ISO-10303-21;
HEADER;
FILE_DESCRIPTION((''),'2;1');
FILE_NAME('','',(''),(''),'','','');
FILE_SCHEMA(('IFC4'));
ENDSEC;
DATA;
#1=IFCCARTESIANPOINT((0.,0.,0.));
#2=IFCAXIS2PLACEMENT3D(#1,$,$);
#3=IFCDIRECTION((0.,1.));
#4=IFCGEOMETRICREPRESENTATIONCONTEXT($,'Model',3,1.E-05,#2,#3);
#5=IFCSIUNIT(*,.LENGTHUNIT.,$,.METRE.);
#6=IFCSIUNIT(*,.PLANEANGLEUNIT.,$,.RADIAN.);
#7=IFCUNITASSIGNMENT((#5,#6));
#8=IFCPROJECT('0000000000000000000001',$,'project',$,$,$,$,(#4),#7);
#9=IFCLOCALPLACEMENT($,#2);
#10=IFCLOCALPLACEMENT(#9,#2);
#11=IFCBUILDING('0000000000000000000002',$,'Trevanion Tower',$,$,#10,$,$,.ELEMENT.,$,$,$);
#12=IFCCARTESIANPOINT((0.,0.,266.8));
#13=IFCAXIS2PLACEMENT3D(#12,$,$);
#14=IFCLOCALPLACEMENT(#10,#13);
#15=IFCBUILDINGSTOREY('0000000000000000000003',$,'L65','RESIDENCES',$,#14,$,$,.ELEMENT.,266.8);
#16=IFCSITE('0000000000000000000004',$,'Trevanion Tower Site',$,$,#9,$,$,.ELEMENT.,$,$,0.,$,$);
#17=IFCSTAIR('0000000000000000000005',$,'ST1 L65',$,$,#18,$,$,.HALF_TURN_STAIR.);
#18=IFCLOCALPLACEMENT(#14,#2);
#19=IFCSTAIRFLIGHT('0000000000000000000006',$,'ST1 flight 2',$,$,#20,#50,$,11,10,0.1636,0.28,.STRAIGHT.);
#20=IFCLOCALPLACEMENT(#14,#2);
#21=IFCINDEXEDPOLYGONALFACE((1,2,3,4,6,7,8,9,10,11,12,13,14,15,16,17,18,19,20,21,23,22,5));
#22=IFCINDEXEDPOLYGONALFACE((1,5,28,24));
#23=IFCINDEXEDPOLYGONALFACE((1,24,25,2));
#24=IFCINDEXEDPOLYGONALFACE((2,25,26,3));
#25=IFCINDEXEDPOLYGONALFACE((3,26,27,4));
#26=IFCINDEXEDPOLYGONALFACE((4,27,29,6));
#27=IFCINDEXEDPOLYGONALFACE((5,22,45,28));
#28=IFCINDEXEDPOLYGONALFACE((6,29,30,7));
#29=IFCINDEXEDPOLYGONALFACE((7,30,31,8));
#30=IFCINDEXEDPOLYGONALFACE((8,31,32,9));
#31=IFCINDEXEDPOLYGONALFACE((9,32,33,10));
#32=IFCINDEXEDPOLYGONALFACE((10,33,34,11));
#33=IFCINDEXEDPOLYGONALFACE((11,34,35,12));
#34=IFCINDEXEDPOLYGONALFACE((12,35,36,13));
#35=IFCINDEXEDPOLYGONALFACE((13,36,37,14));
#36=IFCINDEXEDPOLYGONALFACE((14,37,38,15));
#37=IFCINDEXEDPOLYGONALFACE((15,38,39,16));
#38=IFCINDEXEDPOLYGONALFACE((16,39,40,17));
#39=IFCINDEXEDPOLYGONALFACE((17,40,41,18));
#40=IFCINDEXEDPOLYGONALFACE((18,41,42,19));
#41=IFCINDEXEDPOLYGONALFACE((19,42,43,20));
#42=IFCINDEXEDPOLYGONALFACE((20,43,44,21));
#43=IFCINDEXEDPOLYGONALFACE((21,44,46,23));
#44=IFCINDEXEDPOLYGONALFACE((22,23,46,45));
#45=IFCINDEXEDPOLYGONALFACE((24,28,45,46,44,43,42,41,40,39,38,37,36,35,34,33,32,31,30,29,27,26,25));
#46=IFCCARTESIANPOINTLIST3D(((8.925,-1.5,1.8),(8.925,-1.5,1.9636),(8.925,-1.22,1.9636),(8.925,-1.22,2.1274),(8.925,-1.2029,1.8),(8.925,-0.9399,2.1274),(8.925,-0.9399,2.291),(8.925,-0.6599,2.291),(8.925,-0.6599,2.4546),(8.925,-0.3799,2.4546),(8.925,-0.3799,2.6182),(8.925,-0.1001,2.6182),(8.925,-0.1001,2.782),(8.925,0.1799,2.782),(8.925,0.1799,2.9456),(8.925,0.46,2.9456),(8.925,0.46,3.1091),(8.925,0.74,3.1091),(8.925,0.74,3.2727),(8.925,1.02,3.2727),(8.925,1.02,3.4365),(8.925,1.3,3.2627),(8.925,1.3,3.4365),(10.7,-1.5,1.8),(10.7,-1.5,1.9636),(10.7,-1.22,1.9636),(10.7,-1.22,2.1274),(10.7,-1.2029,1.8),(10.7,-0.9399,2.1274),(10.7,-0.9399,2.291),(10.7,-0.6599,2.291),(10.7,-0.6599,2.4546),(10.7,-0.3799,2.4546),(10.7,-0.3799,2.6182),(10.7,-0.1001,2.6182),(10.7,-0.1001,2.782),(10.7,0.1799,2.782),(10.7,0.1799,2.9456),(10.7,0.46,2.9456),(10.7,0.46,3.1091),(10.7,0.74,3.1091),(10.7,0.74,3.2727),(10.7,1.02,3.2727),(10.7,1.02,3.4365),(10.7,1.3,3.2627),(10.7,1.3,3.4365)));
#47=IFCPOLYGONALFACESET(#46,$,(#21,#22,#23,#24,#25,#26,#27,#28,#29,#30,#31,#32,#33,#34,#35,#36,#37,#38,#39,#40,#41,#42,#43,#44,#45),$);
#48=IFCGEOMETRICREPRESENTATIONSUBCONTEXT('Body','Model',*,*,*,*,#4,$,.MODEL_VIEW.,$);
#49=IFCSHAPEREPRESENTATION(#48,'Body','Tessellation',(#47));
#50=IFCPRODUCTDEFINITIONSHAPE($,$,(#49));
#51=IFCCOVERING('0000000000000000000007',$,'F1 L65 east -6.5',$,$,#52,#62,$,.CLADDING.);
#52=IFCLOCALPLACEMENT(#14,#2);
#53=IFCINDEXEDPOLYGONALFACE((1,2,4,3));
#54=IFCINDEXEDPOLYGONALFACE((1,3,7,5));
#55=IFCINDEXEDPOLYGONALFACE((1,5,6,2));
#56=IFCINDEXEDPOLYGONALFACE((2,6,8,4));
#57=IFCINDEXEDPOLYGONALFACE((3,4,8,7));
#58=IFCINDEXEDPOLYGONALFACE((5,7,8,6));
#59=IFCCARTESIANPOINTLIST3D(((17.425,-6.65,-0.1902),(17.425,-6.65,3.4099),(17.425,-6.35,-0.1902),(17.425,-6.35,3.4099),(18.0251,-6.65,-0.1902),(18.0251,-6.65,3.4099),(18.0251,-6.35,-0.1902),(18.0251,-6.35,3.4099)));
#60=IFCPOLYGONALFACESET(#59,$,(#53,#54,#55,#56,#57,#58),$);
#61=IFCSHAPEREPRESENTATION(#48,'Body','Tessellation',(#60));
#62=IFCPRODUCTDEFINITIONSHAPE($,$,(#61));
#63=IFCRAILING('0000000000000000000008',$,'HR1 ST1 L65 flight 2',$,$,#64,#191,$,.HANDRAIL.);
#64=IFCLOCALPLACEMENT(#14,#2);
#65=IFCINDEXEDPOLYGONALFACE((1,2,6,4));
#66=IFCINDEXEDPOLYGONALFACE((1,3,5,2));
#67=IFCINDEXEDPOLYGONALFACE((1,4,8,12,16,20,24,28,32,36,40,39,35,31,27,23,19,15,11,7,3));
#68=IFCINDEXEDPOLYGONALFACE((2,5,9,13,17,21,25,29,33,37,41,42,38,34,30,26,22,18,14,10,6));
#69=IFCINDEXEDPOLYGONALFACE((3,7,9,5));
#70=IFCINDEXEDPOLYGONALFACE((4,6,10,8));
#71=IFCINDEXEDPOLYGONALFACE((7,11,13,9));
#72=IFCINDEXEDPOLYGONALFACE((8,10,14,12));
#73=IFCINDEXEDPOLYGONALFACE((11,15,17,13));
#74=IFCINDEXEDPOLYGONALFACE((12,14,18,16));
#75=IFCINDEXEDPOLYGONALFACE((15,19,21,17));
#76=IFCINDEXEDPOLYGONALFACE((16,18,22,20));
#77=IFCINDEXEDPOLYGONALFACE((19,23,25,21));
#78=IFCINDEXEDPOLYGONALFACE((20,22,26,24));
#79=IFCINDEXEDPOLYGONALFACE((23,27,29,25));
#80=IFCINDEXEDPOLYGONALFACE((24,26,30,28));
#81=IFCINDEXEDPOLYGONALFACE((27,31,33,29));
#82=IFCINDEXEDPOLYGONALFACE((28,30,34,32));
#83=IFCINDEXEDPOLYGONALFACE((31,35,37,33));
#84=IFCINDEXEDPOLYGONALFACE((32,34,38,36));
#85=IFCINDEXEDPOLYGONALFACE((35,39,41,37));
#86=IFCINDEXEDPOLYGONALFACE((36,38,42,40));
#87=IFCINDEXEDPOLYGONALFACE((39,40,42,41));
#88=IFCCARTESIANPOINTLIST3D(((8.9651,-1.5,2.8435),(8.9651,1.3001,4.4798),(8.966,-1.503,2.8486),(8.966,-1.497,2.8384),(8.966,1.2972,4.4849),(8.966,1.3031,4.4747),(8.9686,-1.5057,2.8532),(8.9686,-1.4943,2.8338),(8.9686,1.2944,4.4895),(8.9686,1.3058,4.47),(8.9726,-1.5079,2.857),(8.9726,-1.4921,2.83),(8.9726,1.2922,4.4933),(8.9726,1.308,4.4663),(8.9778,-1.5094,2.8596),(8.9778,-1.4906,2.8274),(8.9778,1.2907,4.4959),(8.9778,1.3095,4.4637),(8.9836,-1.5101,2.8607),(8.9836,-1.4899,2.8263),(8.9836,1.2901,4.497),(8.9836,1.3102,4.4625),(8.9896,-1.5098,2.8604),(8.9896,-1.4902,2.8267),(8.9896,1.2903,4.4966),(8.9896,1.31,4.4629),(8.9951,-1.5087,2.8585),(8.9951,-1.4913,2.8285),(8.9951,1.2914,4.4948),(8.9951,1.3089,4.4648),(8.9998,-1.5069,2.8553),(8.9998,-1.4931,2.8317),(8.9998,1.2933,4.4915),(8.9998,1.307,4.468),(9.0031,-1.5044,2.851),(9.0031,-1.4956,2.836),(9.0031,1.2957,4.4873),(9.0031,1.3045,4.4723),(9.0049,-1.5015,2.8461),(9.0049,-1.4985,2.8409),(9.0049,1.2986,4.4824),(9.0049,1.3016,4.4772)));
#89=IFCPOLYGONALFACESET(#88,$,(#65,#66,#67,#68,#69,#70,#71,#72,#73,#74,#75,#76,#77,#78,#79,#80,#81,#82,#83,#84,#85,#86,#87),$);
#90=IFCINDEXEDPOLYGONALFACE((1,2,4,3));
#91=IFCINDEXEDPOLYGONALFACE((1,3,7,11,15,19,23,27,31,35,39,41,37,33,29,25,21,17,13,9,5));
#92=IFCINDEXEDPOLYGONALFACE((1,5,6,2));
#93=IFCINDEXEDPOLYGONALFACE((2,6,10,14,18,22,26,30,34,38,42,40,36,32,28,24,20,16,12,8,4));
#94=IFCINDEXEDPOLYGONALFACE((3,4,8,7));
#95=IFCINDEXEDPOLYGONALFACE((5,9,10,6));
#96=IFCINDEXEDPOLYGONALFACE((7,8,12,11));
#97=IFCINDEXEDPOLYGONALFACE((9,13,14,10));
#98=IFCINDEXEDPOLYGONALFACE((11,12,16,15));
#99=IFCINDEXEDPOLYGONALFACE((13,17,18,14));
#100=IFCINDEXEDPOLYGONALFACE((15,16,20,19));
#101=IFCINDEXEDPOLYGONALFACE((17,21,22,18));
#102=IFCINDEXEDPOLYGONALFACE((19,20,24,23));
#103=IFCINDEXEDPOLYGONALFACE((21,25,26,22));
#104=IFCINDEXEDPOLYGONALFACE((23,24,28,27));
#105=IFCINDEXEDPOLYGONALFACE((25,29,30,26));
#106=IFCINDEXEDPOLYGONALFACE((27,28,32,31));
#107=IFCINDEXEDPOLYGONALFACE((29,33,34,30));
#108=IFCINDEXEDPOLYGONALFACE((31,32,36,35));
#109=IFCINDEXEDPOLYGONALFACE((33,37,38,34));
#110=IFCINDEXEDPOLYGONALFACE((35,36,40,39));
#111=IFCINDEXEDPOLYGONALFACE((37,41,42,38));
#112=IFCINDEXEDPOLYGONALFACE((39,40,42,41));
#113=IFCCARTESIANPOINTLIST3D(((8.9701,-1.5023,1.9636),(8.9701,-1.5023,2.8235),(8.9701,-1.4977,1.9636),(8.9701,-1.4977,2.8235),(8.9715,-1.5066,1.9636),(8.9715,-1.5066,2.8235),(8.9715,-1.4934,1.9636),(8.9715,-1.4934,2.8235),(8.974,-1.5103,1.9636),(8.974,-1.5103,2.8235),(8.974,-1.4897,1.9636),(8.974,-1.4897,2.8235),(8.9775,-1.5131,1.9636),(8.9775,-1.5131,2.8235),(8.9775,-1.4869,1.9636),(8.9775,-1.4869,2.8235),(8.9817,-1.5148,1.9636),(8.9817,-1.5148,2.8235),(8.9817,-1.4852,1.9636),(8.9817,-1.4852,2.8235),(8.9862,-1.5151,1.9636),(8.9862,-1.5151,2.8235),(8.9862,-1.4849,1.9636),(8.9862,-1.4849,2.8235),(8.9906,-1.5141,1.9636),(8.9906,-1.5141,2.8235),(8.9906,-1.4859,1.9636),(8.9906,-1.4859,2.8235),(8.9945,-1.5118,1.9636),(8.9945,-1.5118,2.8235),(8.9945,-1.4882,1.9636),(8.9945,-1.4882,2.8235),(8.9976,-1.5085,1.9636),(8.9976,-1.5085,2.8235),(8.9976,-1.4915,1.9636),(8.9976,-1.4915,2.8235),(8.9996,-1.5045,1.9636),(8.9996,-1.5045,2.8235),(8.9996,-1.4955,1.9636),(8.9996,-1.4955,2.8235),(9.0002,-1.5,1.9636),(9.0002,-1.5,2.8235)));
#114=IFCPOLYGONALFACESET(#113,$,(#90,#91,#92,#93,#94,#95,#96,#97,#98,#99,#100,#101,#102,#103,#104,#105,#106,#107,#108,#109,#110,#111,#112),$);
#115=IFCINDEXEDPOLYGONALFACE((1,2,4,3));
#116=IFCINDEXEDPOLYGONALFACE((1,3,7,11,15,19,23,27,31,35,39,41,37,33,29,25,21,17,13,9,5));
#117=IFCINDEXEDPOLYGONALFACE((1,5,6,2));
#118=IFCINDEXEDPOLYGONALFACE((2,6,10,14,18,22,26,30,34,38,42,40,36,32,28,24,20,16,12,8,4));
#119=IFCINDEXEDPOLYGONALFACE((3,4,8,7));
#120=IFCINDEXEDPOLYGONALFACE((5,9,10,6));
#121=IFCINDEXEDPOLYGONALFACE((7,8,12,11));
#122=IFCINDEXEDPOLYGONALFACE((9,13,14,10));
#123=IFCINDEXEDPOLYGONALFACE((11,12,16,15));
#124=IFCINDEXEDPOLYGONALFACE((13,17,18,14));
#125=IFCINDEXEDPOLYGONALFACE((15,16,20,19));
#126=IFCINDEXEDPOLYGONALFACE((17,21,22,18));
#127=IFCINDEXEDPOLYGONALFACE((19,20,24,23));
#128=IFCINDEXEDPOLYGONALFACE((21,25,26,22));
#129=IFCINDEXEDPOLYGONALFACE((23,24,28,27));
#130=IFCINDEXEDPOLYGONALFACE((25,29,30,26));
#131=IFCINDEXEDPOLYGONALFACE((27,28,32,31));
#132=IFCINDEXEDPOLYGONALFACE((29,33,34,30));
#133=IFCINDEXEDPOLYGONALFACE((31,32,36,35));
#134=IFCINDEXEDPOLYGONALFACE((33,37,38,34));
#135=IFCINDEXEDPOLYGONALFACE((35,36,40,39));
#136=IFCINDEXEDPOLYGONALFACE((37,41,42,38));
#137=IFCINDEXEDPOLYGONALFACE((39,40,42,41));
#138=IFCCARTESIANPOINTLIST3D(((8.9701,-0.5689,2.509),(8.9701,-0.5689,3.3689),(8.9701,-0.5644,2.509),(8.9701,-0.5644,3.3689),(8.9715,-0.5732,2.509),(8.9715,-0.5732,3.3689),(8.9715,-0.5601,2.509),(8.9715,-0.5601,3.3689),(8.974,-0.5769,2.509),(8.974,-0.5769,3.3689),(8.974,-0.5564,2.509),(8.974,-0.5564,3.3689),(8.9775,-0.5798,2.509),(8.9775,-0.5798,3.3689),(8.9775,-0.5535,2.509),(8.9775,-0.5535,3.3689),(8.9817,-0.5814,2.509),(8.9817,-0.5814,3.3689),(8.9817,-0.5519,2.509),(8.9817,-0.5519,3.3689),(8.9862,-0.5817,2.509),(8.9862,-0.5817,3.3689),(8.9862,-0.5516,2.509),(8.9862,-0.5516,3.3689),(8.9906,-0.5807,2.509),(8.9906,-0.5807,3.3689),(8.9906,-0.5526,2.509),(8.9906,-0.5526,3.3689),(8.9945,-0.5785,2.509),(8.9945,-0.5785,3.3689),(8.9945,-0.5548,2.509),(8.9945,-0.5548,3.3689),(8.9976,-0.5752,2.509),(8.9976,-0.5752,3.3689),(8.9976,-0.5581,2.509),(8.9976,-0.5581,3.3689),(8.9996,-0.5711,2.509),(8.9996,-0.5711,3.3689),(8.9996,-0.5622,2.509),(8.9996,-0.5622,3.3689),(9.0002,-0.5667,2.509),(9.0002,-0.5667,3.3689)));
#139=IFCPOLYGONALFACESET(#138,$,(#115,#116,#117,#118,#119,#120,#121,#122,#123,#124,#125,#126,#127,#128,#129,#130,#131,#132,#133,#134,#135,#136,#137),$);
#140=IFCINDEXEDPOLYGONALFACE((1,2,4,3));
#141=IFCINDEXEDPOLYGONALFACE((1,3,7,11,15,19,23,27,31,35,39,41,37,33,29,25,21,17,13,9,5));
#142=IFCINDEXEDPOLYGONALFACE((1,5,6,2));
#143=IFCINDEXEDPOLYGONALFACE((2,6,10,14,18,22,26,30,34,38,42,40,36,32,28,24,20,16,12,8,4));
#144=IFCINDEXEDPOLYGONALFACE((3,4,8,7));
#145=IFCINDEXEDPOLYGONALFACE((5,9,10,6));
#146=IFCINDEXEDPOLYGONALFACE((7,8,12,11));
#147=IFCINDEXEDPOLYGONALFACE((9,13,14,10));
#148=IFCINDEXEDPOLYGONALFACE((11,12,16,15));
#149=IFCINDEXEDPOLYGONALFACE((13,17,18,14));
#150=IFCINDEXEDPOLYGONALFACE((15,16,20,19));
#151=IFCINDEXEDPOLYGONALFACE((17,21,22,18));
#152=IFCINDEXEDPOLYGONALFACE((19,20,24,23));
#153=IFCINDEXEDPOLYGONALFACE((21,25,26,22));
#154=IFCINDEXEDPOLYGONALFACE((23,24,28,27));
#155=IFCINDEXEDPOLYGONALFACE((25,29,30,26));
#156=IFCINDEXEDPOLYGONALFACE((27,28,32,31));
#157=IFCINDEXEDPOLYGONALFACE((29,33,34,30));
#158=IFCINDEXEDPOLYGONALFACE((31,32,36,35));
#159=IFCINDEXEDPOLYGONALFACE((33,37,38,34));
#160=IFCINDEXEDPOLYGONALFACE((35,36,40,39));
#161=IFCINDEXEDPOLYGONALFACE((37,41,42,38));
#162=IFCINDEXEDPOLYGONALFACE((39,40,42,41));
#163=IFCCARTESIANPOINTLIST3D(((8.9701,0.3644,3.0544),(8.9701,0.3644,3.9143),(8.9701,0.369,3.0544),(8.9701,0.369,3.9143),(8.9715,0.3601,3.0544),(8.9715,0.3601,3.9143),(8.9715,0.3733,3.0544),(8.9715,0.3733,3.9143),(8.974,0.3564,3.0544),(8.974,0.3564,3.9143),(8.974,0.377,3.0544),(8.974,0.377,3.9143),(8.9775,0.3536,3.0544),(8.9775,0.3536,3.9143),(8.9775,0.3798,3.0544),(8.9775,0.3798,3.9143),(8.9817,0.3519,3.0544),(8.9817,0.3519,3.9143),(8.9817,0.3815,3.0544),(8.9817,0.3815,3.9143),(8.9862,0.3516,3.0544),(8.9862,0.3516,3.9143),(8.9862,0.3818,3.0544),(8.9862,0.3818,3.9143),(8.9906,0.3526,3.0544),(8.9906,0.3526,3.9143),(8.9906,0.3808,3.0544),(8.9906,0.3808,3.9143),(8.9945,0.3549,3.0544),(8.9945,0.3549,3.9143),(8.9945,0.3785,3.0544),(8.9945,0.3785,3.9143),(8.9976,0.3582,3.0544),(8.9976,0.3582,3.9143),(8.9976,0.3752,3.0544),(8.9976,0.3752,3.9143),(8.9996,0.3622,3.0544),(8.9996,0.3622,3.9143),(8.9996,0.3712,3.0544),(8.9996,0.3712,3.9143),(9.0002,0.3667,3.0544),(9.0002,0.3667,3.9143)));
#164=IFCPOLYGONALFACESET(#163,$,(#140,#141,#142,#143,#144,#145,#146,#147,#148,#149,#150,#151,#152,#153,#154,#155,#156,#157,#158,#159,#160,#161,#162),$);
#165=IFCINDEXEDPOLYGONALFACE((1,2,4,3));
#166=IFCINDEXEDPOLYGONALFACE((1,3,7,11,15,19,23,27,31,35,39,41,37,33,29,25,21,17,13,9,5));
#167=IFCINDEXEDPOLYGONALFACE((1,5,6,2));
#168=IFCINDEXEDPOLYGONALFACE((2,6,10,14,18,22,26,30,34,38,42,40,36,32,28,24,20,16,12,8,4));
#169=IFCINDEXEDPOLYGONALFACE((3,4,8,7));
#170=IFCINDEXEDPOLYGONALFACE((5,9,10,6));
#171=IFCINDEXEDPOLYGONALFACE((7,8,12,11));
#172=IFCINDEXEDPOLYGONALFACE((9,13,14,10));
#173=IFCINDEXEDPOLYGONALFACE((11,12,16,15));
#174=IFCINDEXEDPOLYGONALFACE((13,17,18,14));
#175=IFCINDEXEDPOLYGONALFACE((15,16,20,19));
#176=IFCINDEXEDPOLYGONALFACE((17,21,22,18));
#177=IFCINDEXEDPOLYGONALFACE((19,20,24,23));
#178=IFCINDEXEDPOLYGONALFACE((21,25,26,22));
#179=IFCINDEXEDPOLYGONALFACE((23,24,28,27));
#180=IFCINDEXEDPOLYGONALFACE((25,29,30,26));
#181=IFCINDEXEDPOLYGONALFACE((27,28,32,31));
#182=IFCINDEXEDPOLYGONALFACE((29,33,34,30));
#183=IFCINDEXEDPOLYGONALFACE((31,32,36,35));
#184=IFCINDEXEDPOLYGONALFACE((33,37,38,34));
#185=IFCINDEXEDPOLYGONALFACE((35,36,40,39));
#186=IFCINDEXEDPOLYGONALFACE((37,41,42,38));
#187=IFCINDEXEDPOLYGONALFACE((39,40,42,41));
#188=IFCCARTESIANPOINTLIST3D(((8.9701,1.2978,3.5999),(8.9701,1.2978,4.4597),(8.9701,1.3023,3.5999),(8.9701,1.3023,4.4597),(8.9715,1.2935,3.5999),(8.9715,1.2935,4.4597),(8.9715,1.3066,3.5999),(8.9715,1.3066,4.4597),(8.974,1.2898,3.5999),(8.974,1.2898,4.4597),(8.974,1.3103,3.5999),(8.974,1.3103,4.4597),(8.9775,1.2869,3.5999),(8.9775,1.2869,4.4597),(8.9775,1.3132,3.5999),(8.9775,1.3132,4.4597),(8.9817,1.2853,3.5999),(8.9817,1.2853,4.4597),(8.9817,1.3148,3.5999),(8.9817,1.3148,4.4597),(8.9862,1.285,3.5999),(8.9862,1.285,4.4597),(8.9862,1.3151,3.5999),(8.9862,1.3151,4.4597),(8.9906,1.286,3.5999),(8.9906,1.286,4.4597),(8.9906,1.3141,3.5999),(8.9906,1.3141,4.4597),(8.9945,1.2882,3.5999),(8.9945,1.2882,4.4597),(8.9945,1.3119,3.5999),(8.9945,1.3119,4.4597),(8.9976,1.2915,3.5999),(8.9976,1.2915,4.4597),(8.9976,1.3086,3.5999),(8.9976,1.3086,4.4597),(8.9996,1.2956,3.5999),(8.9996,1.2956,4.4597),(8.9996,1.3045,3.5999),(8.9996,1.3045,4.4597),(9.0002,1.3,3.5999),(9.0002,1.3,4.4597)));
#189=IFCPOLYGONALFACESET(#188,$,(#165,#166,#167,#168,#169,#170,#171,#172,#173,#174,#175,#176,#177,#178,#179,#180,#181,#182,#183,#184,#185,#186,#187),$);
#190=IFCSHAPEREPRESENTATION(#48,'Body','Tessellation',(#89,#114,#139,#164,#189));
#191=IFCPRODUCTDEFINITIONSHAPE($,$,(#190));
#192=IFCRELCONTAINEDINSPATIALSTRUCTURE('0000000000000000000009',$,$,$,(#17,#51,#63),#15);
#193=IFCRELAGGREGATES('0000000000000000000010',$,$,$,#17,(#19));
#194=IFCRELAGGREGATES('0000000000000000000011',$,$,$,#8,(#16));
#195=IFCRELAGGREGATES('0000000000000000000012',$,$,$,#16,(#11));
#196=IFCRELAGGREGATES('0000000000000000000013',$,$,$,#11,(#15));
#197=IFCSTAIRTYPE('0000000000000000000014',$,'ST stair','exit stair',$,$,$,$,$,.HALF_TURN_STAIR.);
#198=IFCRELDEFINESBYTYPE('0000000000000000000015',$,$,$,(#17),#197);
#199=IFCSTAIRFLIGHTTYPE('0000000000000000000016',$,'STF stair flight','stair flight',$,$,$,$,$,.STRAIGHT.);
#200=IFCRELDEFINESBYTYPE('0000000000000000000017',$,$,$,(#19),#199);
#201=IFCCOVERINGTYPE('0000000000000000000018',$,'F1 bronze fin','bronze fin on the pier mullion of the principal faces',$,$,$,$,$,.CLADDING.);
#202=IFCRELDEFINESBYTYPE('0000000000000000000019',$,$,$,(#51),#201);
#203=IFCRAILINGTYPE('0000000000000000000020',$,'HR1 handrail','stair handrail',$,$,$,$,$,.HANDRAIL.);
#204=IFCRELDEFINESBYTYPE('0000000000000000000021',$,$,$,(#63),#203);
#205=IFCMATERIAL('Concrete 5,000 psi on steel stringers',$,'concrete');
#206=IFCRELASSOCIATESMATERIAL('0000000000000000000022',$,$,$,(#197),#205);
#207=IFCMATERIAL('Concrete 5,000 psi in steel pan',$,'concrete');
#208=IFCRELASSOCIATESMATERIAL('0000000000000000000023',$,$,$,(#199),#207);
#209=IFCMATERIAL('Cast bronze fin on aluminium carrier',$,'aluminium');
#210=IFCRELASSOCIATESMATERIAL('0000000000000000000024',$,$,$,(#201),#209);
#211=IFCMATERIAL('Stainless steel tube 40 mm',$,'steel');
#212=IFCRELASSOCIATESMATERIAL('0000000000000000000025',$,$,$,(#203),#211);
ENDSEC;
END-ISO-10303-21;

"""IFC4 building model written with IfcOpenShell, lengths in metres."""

from ifc_helpers import new_model, si_unit, direction, frame, origin, origin_2d, place, context, subcontext, project, spatial, polyline, rectangle, circle, outline, extrude, material, type_object, element, aggregate, save


model = new_model("IFC4")

# Units and contexts
model_context = context("Model", 3, precision=1e-05, world=origin(), true_north=direction((0.0, 1.0)))
body_context = subcontext(model_context, "Body", "Model", "MODEL_VIEW")
ifc_project = project(units=[si_unit("LENGTHUNIT", "METRE"), si_unit("PLANEANGLEUNIT", "RADIAN")], contexts=[model_context])

# Site, building, storey
site_placement = place(None, origin())
site = spatial("IfcSite", under=ifc_project, at=site_placement, Name="Trevanion Tower Site", CompositionType="ELEMENT", RefElevation=0.0)
building_placement = place(site_placement, origin())
building = spatial("IfcBuilding", under=site, at=building_placement, Name="Trevanion Tower", CompositionType="ELEMENT")
storey_placement = place(building_placement, frame((0.0, 0.0, 266.8)))
storey = spatial("IfcBuildingStorey", under=building, at=storey_placement, Name="L65", Description="RESIDENCES", CompositionType="ELEMENT", Elevation=266.8)

# Stair, stair flight
ifc_material_1 = material(Name="Concrete 5,000 psi on steel stringers", Category="concrete")
stair_type = type_object("IfcStairType", Name="ST stair", Description="exit stair", PredefinedType="HALF_TURN_STAIR", material=ifc_material_1)
stair_placement = place(storey_placement, origin())
stair = element("IfcStair", 1, at=stair_placement, inside=storey, type_object=stair_type, Name="ST1 L65", PredefinedType="HALF_TURN_STAIR")
ifc_material_2 = material(Name="Concrete 5,000 psi in steel pan", Category="concrete")
stair_flight_type = type_object("IfcStairFlightType", Name="STF stair flight", Description="stair flight", PredefinedType="STRAIGHT", material=ifc_material_2)
stair_flight_placement = place(storey_placement, frame((9.8125, -1.5, 1.8), z_axis=(0.0, 0.0, 1.0), x_axis=(0.0, 1.0, 0.0)))
stair_flight = element("IfcStairFlight", 2, at=stair_flight_placement, type_object=stair_flight_type, Name="ST1 flight 2", NumberOfRisers=11, NumberOfTreads=10, PredefinedType="STRAIGHT", RiserHeight=0.1636, TreadLength=0.28, context=body_context, shape_type="SweptSolid", body=[
    extrude(outline(polyline([(0.0, 0.0), (0.0, 0.1636), (0.28, 0.1636), (0.28, 0.3274), (0.5601, 0.3274), (0.5601, 0.491), (0.8401, 0.491), (0.8401, 0.6545), (1.1201, 0.6545), (1.1201, 0.8181), (1.3999, 0.8181), (1.3999, 0.9819), (1.6799, 0.9819), (1.6799, 1.1455), (1.96, 1.1455), (1.96, 1.3091), (2.24, 1.3091), (2.24, 1.4727), (2.52, 1.4727), (2.52, 1.6365), (2.8, 1.6365), (2.8, 1.8), (2.8, 1.4626), (0.2971, 0.0), (0.0, 0.0)])), frame((0.0, 0.8875, 0.0), z_axis=(0.0, -1.0, 0.0), x_axis=(1.0, 0.0, 0.0)), (0.0, 0.0, 1.0), 1.7749),
])
aggregate(stair, [stair_flight])

# Covering
ifc_material_3 = material(Name="Cast bronze fin on aluminium carrier", Category="aluminium")
covering_type = type_object("IfcCoveringType", Name="F1 bronze fin", Description="bronze fin on the pier mullion of the principal faces", PredefinedType="CLADDING", material=ifc_material_3)
covering_placement = place(storey_placement, frame((17.7251, -6.5, -0.1902), z_axis=(0.0, 0.0, 1.0), x_axis=(0.0, 1.0, 0.0)))
element("IfcCovering", 3, at=covering_placement, inside=storey, type_object=covering_type, Name="F1 L65 east -6.5", PredefinedType="CLADDING", context=body_context, shape_type="SweptSolid", body=[
    extrude(rectangle(XDim=0.3, YDim=0.6001, at=origin_2d()), origin(), (0.0, 0.0, 1.0), 3.6001),
])

# Railing
ifc_material_4 = material(Name="Stainless steel tube 40 mm", Category="steel")
railing_type = type_object("IfcRailingType", Name="HR1 handrail", Description="stair handrail", PredefinedType="HANDRAIL", material=ifc_material_4)
for number, where, name in (
    (4, (8.9851, -1.5, 1.9636), "HR1 ST1 L65 flight 2"),
):
    element("IfcRailing", number, at=place(storey_placement, frame(where)), inside=storey, type_object=railing_type, Name=name, PredefinedType="HANDRAIL", context=body_context, shape_type="SweptSolid", body=[
        extrude(circle(Radius=0.02, at=origin_2d()), frame((0.0, 0.0, 0.8799), z_axis=(0.0, 0.863394, 0.504531), x_axis=(-1.0, 0.0, 0.0)), (0.0, 0.0, 1.0), 3.2432),
        extrude(circle(Radius=0.0151, at=origin_2d()), origin(), (0.0, 0.0, 1.0), 0.8599),
        extrude(circle(Radius=0.0151, at=origin_2d()), frame((0.0, 0.9333, 0.5454)), (0.0, 0.0, 1.0), 0.8599),
        extrude(circle(Radius=0.0151, at=origin_2d()), frame((0.0, 1.8667, 1.0908)), (0.0, 0.0, 1.0), 0.8599),
        extrude(circle(Radius=0.0151, at=origin_2d()), frame((0.0, 2.8, 1.6362)), (0.0, 0.0, 1.0), 0.8599),
    ])

save(model, "model.ifc")
